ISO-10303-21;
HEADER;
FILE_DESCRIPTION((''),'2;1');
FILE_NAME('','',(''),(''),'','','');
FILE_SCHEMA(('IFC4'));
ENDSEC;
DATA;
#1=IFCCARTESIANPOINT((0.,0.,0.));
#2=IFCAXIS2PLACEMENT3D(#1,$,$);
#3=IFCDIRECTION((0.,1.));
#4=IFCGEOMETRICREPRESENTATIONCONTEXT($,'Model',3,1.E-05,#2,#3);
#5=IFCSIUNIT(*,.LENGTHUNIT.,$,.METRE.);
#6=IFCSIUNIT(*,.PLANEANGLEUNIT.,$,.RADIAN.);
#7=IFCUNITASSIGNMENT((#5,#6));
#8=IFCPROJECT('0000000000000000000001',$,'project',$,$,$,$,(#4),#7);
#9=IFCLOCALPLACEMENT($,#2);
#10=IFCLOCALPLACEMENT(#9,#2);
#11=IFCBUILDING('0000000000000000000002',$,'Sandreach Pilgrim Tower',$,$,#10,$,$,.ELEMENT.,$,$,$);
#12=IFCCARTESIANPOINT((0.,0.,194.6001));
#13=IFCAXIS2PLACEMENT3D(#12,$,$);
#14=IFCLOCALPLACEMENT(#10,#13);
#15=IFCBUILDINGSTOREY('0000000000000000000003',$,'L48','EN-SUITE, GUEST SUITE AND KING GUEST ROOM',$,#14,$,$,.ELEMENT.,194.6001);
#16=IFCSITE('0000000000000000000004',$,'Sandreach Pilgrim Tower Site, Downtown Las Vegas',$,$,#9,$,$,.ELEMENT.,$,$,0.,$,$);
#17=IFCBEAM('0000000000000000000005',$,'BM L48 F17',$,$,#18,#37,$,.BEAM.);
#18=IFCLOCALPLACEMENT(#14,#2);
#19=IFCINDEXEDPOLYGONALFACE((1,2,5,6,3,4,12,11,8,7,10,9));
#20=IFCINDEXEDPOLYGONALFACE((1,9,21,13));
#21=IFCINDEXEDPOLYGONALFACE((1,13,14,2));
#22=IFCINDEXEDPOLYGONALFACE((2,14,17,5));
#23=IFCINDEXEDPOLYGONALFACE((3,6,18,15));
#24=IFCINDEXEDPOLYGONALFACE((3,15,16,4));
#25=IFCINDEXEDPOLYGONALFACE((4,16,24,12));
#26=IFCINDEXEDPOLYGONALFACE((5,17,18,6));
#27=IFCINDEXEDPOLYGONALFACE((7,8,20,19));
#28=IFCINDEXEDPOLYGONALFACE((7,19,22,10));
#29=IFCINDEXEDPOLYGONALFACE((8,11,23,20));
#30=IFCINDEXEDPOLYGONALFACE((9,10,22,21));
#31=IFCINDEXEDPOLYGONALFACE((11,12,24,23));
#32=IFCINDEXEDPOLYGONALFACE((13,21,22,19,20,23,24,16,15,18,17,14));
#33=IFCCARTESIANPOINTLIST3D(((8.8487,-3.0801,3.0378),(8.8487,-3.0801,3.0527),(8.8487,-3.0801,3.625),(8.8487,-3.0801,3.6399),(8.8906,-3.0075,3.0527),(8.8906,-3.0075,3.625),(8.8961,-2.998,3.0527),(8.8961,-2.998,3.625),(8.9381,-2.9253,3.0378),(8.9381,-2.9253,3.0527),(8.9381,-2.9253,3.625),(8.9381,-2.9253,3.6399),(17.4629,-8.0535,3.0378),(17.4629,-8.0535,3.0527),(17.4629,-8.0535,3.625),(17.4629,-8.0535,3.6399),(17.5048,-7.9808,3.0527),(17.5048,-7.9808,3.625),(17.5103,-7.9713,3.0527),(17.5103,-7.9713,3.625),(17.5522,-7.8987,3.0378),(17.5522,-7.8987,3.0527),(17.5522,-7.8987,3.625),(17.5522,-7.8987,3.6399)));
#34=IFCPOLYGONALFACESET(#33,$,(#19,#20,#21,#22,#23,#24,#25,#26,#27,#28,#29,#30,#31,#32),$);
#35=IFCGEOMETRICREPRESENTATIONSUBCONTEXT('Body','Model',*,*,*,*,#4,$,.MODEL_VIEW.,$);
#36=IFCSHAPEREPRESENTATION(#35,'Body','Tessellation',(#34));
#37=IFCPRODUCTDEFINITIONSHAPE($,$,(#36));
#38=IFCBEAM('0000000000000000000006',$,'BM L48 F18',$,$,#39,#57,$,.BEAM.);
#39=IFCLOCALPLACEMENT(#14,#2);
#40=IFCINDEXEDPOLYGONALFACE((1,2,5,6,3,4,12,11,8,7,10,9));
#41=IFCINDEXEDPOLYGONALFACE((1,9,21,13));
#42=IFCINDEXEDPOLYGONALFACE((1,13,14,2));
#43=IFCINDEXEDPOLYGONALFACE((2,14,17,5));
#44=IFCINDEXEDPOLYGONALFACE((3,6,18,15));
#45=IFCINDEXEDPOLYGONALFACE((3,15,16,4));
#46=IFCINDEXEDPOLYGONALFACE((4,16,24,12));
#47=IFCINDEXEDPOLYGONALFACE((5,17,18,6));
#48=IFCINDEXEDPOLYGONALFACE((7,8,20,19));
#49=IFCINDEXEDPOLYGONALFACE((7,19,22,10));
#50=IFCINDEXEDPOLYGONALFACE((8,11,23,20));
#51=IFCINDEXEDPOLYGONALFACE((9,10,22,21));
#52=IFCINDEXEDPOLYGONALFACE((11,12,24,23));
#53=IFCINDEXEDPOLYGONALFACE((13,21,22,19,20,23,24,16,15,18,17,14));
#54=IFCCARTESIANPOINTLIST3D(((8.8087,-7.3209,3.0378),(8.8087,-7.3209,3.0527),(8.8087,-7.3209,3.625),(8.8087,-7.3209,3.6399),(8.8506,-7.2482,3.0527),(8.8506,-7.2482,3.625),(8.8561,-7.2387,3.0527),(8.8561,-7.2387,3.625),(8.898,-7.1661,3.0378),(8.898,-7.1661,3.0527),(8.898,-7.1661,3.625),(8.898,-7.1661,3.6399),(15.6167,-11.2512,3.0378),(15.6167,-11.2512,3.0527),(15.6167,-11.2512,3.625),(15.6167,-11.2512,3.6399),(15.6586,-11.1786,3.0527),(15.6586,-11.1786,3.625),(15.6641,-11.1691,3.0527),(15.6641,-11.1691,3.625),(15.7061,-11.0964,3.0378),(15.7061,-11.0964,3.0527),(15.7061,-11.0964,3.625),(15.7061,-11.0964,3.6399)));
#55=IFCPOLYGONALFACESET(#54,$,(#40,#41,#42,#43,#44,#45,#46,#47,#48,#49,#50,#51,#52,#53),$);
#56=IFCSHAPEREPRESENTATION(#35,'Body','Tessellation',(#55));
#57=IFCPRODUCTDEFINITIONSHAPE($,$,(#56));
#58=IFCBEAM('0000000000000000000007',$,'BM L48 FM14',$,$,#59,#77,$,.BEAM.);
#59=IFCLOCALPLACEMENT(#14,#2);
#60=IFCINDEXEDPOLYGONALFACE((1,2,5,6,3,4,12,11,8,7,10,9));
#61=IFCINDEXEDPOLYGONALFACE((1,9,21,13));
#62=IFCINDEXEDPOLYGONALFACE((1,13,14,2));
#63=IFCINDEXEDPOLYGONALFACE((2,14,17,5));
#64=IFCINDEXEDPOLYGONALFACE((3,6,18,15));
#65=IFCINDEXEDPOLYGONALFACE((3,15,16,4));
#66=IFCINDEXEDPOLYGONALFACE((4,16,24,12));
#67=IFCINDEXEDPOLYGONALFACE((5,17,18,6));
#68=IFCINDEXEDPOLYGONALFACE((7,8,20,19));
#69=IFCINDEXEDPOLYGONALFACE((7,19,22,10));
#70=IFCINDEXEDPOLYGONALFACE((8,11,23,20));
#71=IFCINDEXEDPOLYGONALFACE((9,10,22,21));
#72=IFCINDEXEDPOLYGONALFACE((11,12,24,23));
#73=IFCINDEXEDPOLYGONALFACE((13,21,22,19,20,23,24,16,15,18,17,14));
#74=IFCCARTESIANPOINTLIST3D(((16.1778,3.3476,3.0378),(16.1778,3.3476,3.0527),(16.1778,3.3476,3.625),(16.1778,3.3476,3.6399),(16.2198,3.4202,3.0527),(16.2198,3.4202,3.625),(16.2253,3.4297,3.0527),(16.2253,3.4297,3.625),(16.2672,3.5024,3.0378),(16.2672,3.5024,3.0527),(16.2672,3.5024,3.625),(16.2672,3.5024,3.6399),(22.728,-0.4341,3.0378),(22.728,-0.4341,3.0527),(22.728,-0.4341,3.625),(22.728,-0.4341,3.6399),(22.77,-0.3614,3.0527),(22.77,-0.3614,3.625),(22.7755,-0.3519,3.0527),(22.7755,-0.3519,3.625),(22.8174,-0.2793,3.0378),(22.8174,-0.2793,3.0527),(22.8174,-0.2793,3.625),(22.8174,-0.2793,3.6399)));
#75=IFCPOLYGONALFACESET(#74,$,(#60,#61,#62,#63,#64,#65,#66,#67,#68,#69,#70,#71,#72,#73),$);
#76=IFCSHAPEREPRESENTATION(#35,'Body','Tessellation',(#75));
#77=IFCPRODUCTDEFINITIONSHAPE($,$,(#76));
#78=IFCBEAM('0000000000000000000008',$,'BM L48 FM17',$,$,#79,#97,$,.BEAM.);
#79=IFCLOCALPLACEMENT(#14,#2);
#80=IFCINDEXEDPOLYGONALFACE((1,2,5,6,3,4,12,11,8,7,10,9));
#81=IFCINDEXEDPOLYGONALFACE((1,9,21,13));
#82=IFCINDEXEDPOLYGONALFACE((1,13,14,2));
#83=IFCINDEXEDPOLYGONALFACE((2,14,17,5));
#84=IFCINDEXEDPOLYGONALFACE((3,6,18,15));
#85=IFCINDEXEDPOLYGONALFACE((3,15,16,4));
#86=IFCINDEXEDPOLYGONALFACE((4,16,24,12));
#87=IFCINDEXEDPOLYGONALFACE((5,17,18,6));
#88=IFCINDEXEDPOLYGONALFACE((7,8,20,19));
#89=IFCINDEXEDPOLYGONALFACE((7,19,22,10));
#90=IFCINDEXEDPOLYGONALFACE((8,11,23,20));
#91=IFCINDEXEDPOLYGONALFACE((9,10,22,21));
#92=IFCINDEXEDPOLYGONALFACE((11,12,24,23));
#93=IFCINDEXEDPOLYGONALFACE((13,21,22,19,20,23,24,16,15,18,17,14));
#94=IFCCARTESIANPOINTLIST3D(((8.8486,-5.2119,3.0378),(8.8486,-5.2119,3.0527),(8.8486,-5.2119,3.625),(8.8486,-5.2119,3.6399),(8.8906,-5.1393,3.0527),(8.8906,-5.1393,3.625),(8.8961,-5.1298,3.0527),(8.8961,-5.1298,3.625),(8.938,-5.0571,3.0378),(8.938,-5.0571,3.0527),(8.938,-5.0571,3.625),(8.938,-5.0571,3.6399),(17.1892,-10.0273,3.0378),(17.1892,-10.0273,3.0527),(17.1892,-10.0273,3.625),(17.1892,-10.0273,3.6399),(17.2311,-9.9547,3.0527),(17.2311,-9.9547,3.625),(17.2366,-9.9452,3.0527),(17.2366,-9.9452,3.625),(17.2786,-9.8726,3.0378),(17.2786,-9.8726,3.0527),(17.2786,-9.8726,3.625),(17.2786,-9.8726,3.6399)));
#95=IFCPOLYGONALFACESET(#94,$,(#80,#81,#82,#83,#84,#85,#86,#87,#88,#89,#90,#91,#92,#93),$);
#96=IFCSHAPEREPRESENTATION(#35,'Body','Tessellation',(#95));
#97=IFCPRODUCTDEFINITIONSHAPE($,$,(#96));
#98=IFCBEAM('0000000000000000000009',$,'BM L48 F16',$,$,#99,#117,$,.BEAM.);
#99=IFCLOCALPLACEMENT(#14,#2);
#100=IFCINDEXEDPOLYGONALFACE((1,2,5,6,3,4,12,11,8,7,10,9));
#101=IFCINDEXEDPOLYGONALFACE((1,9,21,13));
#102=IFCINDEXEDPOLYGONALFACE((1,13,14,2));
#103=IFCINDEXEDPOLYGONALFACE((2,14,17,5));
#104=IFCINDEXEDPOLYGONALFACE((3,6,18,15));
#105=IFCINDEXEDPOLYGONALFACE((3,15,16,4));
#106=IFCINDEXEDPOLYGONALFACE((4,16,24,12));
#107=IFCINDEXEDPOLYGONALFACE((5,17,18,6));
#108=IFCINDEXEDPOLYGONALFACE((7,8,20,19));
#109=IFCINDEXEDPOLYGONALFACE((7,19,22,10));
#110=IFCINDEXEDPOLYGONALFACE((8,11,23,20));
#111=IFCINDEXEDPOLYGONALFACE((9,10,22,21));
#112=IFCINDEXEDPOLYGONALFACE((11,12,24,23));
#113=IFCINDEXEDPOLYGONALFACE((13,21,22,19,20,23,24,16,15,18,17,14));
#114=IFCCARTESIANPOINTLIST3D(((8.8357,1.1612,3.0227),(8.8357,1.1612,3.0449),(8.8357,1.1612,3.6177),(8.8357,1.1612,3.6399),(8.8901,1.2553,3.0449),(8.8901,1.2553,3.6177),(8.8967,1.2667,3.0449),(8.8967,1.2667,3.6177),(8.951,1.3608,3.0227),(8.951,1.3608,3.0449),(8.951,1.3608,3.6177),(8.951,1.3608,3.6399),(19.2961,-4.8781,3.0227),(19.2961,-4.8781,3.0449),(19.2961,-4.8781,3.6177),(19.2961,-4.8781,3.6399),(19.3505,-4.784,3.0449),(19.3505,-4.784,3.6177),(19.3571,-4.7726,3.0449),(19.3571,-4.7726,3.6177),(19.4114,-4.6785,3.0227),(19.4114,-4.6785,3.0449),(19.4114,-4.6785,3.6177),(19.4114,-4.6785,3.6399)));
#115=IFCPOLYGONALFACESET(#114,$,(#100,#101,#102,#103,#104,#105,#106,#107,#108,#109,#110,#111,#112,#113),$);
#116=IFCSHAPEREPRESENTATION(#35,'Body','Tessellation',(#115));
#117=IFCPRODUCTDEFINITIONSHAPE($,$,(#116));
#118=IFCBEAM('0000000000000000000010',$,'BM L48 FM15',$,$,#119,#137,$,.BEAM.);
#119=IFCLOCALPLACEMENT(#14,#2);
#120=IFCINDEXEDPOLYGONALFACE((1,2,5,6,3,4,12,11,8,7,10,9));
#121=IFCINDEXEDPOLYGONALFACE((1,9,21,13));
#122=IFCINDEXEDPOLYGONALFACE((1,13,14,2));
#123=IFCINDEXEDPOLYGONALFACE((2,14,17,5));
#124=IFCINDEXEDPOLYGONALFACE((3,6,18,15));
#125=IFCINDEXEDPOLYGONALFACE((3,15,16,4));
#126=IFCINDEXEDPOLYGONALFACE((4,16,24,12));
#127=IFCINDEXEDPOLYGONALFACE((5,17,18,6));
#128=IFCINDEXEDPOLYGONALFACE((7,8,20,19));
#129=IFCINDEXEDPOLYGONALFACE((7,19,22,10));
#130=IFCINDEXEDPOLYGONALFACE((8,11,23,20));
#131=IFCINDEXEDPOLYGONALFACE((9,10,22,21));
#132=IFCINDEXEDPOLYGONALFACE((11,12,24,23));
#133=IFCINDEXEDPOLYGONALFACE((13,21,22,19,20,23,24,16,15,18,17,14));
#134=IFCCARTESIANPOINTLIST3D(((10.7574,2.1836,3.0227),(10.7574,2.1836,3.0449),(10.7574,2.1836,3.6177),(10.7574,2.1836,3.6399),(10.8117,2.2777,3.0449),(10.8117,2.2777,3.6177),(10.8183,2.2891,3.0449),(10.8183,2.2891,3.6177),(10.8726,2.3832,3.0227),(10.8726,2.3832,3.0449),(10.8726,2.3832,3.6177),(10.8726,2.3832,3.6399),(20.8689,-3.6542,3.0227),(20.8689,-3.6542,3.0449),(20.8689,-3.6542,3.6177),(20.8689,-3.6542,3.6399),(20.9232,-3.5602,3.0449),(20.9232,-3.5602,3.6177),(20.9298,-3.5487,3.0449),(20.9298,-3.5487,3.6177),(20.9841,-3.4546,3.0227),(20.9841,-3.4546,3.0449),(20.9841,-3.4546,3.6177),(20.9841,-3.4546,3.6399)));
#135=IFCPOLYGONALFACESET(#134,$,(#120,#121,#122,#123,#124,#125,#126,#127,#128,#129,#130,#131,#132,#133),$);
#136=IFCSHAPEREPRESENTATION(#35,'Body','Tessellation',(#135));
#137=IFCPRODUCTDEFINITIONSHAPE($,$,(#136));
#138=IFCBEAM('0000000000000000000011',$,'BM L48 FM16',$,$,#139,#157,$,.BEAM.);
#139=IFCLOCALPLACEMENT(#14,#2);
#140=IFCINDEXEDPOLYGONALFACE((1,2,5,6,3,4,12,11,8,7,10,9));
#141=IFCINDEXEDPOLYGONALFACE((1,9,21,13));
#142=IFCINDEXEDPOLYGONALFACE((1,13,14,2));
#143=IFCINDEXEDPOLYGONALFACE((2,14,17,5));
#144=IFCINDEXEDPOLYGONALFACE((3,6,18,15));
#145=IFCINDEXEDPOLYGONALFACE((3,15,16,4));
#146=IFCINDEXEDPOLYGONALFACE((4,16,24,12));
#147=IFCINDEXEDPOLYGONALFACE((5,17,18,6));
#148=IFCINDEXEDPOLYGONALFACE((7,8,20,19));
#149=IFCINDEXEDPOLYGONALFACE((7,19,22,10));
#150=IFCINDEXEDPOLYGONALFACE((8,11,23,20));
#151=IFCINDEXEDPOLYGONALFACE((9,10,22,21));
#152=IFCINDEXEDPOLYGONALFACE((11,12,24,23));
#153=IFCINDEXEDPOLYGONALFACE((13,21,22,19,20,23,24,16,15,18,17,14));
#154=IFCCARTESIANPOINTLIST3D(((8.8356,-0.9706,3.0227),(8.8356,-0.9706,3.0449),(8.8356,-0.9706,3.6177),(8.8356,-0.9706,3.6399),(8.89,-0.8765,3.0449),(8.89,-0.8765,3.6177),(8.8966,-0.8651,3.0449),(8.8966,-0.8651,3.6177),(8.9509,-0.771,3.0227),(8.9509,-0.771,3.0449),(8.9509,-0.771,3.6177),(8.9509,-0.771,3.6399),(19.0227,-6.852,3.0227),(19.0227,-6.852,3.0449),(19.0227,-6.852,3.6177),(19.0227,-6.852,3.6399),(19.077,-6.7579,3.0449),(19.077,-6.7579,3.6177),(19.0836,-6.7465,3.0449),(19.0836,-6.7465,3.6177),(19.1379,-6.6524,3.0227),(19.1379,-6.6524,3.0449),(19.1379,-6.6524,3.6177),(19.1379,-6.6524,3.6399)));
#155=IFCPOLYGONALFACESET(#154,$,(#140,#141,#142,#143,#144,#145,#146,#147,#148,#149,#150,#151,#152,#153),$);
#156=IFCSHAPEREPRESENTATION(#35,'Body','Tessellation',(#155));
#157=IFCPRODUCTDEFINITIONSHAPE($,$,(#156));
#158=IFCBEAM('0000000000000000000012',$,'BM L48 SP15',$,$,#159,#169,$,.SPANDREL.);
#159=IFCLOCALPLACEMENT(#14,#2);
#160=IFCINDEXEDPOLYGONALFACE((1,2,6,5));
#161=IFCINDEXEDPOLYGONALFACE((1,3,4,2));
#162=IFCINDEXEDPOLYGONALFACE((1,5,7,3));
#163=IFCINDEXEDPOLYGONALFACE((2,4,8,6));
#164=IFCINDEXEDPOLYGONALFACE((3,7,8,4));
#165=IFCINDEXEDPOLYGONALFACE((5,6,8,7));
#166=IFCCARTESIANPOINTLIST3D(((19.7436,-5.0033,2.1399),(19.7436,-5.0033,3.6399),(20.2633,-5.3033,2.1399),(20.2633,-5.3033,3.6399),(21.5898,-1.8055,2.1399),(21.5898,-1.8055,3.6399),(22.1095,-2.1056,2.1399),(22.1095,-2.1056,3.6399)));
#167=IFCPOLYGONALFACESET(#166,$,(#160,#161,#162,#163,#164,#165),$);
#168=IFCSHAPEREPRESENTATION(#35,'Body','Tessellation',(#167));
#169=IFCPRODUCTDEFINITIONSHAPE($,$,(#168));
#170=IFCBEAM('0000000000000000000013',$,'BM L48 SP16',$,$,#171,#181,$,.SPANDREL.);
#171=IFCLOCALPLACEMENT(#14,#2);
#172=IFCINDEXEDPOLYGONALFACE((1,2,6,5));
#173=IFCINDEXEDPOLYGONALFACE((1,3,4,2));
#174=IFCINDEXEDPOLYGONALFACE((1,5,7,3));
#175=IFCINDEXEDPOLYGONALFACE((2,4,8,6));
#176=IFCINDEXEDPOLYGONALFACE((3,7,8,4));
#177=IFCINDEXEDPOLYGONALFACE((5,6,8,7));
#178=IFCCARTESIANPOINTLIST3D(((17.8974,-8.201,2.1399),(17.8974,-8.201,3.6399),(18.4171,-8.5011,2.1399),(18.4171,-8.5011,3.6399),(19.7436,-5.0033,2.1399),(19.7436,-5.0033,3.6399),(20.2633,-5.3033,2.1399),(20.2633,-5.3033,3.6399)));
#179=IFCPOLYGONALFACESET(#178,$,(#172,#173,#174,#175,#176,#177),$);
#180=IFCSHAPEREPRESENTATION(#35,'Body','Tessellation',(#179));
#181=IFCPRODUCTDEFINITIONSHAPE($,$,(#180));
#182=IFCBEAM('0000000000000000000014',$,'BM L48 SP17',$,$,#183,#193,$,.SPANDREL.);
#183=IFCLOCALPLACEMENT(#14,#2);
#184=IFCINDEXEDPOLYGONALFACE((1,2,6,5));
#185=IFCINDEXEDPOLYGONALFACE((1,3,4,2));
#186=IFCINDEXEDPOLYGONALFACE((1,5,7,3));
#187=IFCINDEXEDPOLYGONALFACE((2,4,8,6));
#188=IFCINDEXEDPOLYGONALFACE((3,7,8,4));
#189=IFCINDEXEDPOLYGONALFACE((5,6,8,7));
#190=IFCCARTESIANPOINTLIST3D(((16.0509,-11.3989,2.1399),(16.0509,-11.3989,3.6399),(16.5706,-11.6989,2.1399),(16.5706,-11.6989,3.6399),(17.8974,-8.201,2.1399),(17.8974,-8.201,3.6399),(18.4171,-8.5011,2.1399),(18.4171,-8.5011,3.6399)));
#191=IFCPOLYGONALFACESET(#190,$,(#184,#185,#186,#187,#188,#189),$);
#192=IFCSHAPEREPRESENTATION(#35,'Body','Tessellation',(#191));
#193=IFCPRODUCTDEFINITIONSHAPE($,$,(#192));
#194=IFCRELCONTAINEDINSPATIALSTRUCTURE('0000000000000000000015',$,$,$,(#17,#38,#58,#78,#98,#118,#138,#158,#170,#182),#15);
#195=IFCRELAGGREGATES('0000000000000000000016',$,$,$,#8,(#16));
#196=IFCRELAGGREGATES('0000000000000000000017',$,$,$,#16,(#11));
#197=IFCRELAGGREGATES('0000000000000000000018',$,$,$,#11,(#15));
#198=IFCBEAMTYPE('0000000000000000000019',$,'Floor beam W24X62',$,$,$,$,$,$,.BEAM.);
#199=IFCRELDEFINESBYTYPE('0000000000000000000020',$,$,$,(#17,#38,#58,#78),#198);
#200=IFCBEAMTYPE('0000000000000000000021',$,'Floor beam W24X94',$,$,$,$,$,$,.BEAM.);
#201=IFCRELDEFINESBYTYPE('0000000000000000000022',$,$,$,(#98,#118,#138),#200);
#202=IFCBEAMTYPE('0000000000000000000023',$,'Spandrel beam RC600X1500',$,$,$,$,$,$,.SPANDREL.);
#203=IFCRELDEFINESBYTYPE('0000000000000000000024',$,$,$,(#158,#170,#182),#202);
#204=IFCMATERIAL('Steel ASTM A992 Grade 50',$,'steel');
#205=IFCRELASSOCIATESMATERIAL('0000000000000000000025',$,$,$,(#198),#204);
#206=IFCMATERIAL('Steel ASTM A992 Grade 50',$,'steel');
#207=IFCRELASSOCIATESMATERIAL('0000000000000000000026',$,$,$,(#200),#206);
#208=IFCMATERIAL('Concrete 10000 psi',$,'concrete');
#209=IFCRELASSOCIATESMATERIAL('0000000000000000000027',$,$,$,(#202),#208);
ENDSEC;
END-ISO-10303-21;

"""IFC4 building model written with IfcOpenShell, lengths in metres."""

from ifc_helpers import new_model, si_unit, direction, frame, origin, origin_2d, place, context, subcontext, project, spatial, rectangle, i_section, extrude, material, material_profile, profile_set, type_object, element, save


model = new_model("IFC4")

# Units and contexts
model_context = context("Model", 3, precision=1e-05, world=origin(), true_north=direction((0.0, 1.0)))
body_context = subcontext(model_context, "Body", "Model", "MODEL_VIEW")
ifc_project = project(units=[si_unit("LENGTHUNIT", "METRE"), si_unit("PLANEANGLEUNIT", "RADIAN")], contexts=[model_context])

# Site, building, storey
site_placement = place(None, origin())
site = spatial("IfcSite", under=ifc_project, at=site_placement, Name="Sandreach Pilgrim Tower Site, Downtown Las Vegas", CompositionType="ELEMENT", RefElevation=0.0)
building_placement = place(site_placement, origin())
building = spatial("IfcBuilding", under=site, at=building_placement, Name="Sandreach Pilgrim Tower", CompositionType="ELEMENT")
storey_placement = place(building_placement, frame((0.0, 0.0, 194.6001)))
storey = spatial("IfcBuildingStorey", under=building, at=storey_placement, Name="L48", Description="EN-SUITE, GUEST SUITE AND KING GUEST ROOM", CompositionType="ELEMENT", Elevation=194.6001)

# Beams
ifc_material_1 = material(Name="Steel ASTM A992 Grade 50", Category="steel")
ifc_material_profile_1 = material_profile(ifc_material_1, i_section(OverallWidth=0.1787, OverallDepth=0.6021, WebThickness=0.011, FlangeThickness=0.0149, at=origin_2d()), Name="W24X62")
ifc_profile_set_1 = profile_set([ifc_material_profile_1], Name="Steel ASTM A992 Grade 50")
beam_type_1 = type_object("IfcBeamType", Name="Floor beam W24X62", PredefinedType="BEAM", material=ifc_profile_set_1)
beam_1_placement = place(storey_placement, frame((17.5076, -7.9761, 3.3389), z_axis=(-0.866028, 0.499996, 0.0), x_axis=(-0.499996, -0.866028, 0.0)))
element("IfcBeam", 1, at=beam_1_placement, inside=storey, type_object=beam_type_1, Name="BM L48 F17", PredefinedType="BEAM", context=body_context, shape_type="SweptSolid", body=[
    extrude(i_section(OverallWidth=0.1787, OverallDepth=0.6021, WebThickness=0.011, FlangeThickness=0.0149, at=origin_2d()), origin(), (0.0, 0.0, 1.0), 9.9468),
])
beam_2_placement = place(storey_placement, frame((15.6614, -11.1738, 3.3389), z_axis=(-0.866039, 0.499977, 0.0), x_axis=(-0.499977, -0.866039, 0.0)))
element("IfcBeam", 2, at=beam_2_placement, inside=storey, type_object=beam_type_1, Name="BM L48 F18", PredefinedType="BEAM", context=body_context, shape_type="SweptSolid", body=[
    extrude(i_section(OverallWidth=0.1787, OverallDepth=0.6021, WebThickness=0.011, FlangeThickness=0.0149, at=origin_2d()), origin(), (0.0, 0.0, 1.0), 7.8611),
])
beam_3_placement = place(storey_placement, frame((22.7727, -0.3567, 3.3389), z_axis=(-0.86603, 0.499993, 0.0), x_axis=(-0.499993, -0.86603, 0.0)))
element("IfcBeam", 3, at=beam_3_placement, inside=storey, type_object=beam_type_1, Name="BM L48 FM14", PredefinedType="BEAM", context=body_context, shape_type="SweptSolid", body=[
    extrude(i_section(OverallWidth=0.1787, OverallDepth=0.6021, WebThickness=0.011, FlangeThickness=0.0149, at=origin_2d()), origin(), (0.0, 0.0, 1.0), 7.5635),
])
beam_4_placement = place(storey_placement, frame((17.2339, -9.95, 3.3389), z_axis=(-0.866026, 0.5, 0.0), x_axis=(-0.5, -0.866026, 0.0)))
element("IfcBeam", 4, at=beam_4_placement, inside=storey, type_object=beam_type_1, Name="BM L48 FM17", PredefinedType="BEAM", context=body_context, shape_type="SweptSolid", body=[
    extrude(i_section(OverallWidth=0.1787, OverallDepth=0.6021, WebThickness=0.011, FlangeThickness=0.0149, at=origin_2d()), origin(), (0.0, 0.0, 1.0), 9.6309),
])
ifc_material_2 = material(Name="Steel ASTM A992 Grade 50", Category="steel")
ifc_material_profile_2 = material_profile(ifc_material_2, i_section(OverallWidth=0.2305, OverallDepth=0.6172, WebThickness=0.0132, FlangeThickness=0.0222, at=origin_2d()), Name="W24X94")
ifc_profile_set_2 = profile_set([ifc_material_profile_2], Name="Steel ASTM A992 Grade 50")
beam_type_2 = type_object("IfcBeamType", Name="Floor beam W24X94", PredefinedType="BEAM", material=ifc_profile_set_2)
beam_5_placement = place(storey_placement, frame((19.3538, -4.7783, 3.3313), z_axis=(-0.866027, 0.499998, 0.0), x_axis=(-0.499998, -0.866027, 0.0)))
element("IfcBeam", 5, at=beam_5_placement, inside=storey, type_object=beam_type_2, Name="BM L48 F16", PredefinedType="BEAM", context=body_context, shape_type="SweptSolid", body=[
    extrude(i_section(OverallWidth=0.2305, OverallDepth=0.6172, WebThickness=0.0132, FlangeThickness=0.0222, at=origin_2d()), origin(), (0.0, 0.0, 1.0), 12.0786),
])
beam_6_placement = place(storey_placement, frame((20.9265, -3.5544, 3.3313), z_axis=(-0.866026, 0.499998, 0.0), x_axis=(-0.499998, -0.866026, 0.0)))
element("IfcBeam", 6, at=beam_6_placement, inside=storey, type_object=beam_type_2, Name="BM L48 FM15", PredefinedType="BEAM", context=body_context, shape_type="SweptSolid", body=[
    extrude(i_section(OverallWidth=0.2305, OverallDepth=0.6172, WebThickness=0.0132, FlangeThickness=0.0222, at=origin_2d()), origin(), (0.0, 0.0, 1.0), 11.6758),
])
beam_7_placement = place(storey_placement, frame((19.0803, -6.7522, 3.3313), z_axis=(-0.86603, 0.499992, 0.0), x_axis=(-0.499992, -0.86603, 0.0)))
element("IfcBeam", 7, at=beam_7_placement, inside=storey, type_object=beam_type_2, Name="BM L48 FM16", PredefinedType="BEAM", context=body_context, shape_type="SweptSolid", body=[
    extrude(i_section(OverallWidth=0.2305, OverallDepth=0.6172, WebThickness=0.0132, FlangeThickness=0.0222, at=origin_2d()), origin(), (0.0, 0.0, 1.0), 11.7629),
])
ifc_material_3 = material(Name="Concrete 10000 psi", Category="concrete")
ifc_material_profile_3 = material_profile(ifc_material_3, rectangle(XDim=0.6001, YDim=1.5, at=origin_2d()), Name="RC600X1500")
ifc_profile_set_3 = profile_set([ifc_material_profile_3], Name="Concrete 10000 psi")
beam_type_3 = type_object("IfcBeamType", Name="Spandrel beam RC600X1500", PredefinedType="SPANDREL", material=ifc_profile_set_3)
for number, where, z_axis, x_axis, name in (
    (8, (21.8496, -1.9556, 2.8899), (-0.499993, -0.866029, 0.0), (0.866029, -0.499993, 0.0), "BM L48 SP15"),
    (9, (20.0034, -5.1533, 2.8899), (-0.499993, -0.866029, 0.0), (0.866029, -0.499993, 0.0), "BM L48 SP16"),
):
    element("IfcBeam", number, at=place(storey_placement, frame(where, z_axis=z_axis, x_axis=x_axis)), inside=storey, type_object=beam_type_3, Name=name, PredefinedType="SPANDREL", context=body_context, shape_type="SweptSolid", body=[
        extrude(rectangle(XDim=0.6001, YDim=1.5, at=origin_2d()), origin(), (0.0, 0.0, 1.0), 3.6924),
    ])
for number, where, z_axis, x_axis, name in (
    (10, (18.1572, -8.3511, 2.8899), (-0.500043, -0.866001, 0.0), (0.866001, -0.500043, 0.0), "BM L48 SP17"),
):
    element("IfcBeam", number, at=place(storey_placement, frame(where, z_axis=z_axis, x_axis=x_axis)), inside=storey, type_object=beam_type_3, Name=name, PredefinedType="SPANDREL", context=body_context, shape_type="SweptSolid", body=[
        extrude(rectangle(XDim=0.6001, YDim=1.5, at=origin_2d()), origin(), (0.0, 0.0, 1.0), 3.6926),
    ])

save(model, "model.ifc")
